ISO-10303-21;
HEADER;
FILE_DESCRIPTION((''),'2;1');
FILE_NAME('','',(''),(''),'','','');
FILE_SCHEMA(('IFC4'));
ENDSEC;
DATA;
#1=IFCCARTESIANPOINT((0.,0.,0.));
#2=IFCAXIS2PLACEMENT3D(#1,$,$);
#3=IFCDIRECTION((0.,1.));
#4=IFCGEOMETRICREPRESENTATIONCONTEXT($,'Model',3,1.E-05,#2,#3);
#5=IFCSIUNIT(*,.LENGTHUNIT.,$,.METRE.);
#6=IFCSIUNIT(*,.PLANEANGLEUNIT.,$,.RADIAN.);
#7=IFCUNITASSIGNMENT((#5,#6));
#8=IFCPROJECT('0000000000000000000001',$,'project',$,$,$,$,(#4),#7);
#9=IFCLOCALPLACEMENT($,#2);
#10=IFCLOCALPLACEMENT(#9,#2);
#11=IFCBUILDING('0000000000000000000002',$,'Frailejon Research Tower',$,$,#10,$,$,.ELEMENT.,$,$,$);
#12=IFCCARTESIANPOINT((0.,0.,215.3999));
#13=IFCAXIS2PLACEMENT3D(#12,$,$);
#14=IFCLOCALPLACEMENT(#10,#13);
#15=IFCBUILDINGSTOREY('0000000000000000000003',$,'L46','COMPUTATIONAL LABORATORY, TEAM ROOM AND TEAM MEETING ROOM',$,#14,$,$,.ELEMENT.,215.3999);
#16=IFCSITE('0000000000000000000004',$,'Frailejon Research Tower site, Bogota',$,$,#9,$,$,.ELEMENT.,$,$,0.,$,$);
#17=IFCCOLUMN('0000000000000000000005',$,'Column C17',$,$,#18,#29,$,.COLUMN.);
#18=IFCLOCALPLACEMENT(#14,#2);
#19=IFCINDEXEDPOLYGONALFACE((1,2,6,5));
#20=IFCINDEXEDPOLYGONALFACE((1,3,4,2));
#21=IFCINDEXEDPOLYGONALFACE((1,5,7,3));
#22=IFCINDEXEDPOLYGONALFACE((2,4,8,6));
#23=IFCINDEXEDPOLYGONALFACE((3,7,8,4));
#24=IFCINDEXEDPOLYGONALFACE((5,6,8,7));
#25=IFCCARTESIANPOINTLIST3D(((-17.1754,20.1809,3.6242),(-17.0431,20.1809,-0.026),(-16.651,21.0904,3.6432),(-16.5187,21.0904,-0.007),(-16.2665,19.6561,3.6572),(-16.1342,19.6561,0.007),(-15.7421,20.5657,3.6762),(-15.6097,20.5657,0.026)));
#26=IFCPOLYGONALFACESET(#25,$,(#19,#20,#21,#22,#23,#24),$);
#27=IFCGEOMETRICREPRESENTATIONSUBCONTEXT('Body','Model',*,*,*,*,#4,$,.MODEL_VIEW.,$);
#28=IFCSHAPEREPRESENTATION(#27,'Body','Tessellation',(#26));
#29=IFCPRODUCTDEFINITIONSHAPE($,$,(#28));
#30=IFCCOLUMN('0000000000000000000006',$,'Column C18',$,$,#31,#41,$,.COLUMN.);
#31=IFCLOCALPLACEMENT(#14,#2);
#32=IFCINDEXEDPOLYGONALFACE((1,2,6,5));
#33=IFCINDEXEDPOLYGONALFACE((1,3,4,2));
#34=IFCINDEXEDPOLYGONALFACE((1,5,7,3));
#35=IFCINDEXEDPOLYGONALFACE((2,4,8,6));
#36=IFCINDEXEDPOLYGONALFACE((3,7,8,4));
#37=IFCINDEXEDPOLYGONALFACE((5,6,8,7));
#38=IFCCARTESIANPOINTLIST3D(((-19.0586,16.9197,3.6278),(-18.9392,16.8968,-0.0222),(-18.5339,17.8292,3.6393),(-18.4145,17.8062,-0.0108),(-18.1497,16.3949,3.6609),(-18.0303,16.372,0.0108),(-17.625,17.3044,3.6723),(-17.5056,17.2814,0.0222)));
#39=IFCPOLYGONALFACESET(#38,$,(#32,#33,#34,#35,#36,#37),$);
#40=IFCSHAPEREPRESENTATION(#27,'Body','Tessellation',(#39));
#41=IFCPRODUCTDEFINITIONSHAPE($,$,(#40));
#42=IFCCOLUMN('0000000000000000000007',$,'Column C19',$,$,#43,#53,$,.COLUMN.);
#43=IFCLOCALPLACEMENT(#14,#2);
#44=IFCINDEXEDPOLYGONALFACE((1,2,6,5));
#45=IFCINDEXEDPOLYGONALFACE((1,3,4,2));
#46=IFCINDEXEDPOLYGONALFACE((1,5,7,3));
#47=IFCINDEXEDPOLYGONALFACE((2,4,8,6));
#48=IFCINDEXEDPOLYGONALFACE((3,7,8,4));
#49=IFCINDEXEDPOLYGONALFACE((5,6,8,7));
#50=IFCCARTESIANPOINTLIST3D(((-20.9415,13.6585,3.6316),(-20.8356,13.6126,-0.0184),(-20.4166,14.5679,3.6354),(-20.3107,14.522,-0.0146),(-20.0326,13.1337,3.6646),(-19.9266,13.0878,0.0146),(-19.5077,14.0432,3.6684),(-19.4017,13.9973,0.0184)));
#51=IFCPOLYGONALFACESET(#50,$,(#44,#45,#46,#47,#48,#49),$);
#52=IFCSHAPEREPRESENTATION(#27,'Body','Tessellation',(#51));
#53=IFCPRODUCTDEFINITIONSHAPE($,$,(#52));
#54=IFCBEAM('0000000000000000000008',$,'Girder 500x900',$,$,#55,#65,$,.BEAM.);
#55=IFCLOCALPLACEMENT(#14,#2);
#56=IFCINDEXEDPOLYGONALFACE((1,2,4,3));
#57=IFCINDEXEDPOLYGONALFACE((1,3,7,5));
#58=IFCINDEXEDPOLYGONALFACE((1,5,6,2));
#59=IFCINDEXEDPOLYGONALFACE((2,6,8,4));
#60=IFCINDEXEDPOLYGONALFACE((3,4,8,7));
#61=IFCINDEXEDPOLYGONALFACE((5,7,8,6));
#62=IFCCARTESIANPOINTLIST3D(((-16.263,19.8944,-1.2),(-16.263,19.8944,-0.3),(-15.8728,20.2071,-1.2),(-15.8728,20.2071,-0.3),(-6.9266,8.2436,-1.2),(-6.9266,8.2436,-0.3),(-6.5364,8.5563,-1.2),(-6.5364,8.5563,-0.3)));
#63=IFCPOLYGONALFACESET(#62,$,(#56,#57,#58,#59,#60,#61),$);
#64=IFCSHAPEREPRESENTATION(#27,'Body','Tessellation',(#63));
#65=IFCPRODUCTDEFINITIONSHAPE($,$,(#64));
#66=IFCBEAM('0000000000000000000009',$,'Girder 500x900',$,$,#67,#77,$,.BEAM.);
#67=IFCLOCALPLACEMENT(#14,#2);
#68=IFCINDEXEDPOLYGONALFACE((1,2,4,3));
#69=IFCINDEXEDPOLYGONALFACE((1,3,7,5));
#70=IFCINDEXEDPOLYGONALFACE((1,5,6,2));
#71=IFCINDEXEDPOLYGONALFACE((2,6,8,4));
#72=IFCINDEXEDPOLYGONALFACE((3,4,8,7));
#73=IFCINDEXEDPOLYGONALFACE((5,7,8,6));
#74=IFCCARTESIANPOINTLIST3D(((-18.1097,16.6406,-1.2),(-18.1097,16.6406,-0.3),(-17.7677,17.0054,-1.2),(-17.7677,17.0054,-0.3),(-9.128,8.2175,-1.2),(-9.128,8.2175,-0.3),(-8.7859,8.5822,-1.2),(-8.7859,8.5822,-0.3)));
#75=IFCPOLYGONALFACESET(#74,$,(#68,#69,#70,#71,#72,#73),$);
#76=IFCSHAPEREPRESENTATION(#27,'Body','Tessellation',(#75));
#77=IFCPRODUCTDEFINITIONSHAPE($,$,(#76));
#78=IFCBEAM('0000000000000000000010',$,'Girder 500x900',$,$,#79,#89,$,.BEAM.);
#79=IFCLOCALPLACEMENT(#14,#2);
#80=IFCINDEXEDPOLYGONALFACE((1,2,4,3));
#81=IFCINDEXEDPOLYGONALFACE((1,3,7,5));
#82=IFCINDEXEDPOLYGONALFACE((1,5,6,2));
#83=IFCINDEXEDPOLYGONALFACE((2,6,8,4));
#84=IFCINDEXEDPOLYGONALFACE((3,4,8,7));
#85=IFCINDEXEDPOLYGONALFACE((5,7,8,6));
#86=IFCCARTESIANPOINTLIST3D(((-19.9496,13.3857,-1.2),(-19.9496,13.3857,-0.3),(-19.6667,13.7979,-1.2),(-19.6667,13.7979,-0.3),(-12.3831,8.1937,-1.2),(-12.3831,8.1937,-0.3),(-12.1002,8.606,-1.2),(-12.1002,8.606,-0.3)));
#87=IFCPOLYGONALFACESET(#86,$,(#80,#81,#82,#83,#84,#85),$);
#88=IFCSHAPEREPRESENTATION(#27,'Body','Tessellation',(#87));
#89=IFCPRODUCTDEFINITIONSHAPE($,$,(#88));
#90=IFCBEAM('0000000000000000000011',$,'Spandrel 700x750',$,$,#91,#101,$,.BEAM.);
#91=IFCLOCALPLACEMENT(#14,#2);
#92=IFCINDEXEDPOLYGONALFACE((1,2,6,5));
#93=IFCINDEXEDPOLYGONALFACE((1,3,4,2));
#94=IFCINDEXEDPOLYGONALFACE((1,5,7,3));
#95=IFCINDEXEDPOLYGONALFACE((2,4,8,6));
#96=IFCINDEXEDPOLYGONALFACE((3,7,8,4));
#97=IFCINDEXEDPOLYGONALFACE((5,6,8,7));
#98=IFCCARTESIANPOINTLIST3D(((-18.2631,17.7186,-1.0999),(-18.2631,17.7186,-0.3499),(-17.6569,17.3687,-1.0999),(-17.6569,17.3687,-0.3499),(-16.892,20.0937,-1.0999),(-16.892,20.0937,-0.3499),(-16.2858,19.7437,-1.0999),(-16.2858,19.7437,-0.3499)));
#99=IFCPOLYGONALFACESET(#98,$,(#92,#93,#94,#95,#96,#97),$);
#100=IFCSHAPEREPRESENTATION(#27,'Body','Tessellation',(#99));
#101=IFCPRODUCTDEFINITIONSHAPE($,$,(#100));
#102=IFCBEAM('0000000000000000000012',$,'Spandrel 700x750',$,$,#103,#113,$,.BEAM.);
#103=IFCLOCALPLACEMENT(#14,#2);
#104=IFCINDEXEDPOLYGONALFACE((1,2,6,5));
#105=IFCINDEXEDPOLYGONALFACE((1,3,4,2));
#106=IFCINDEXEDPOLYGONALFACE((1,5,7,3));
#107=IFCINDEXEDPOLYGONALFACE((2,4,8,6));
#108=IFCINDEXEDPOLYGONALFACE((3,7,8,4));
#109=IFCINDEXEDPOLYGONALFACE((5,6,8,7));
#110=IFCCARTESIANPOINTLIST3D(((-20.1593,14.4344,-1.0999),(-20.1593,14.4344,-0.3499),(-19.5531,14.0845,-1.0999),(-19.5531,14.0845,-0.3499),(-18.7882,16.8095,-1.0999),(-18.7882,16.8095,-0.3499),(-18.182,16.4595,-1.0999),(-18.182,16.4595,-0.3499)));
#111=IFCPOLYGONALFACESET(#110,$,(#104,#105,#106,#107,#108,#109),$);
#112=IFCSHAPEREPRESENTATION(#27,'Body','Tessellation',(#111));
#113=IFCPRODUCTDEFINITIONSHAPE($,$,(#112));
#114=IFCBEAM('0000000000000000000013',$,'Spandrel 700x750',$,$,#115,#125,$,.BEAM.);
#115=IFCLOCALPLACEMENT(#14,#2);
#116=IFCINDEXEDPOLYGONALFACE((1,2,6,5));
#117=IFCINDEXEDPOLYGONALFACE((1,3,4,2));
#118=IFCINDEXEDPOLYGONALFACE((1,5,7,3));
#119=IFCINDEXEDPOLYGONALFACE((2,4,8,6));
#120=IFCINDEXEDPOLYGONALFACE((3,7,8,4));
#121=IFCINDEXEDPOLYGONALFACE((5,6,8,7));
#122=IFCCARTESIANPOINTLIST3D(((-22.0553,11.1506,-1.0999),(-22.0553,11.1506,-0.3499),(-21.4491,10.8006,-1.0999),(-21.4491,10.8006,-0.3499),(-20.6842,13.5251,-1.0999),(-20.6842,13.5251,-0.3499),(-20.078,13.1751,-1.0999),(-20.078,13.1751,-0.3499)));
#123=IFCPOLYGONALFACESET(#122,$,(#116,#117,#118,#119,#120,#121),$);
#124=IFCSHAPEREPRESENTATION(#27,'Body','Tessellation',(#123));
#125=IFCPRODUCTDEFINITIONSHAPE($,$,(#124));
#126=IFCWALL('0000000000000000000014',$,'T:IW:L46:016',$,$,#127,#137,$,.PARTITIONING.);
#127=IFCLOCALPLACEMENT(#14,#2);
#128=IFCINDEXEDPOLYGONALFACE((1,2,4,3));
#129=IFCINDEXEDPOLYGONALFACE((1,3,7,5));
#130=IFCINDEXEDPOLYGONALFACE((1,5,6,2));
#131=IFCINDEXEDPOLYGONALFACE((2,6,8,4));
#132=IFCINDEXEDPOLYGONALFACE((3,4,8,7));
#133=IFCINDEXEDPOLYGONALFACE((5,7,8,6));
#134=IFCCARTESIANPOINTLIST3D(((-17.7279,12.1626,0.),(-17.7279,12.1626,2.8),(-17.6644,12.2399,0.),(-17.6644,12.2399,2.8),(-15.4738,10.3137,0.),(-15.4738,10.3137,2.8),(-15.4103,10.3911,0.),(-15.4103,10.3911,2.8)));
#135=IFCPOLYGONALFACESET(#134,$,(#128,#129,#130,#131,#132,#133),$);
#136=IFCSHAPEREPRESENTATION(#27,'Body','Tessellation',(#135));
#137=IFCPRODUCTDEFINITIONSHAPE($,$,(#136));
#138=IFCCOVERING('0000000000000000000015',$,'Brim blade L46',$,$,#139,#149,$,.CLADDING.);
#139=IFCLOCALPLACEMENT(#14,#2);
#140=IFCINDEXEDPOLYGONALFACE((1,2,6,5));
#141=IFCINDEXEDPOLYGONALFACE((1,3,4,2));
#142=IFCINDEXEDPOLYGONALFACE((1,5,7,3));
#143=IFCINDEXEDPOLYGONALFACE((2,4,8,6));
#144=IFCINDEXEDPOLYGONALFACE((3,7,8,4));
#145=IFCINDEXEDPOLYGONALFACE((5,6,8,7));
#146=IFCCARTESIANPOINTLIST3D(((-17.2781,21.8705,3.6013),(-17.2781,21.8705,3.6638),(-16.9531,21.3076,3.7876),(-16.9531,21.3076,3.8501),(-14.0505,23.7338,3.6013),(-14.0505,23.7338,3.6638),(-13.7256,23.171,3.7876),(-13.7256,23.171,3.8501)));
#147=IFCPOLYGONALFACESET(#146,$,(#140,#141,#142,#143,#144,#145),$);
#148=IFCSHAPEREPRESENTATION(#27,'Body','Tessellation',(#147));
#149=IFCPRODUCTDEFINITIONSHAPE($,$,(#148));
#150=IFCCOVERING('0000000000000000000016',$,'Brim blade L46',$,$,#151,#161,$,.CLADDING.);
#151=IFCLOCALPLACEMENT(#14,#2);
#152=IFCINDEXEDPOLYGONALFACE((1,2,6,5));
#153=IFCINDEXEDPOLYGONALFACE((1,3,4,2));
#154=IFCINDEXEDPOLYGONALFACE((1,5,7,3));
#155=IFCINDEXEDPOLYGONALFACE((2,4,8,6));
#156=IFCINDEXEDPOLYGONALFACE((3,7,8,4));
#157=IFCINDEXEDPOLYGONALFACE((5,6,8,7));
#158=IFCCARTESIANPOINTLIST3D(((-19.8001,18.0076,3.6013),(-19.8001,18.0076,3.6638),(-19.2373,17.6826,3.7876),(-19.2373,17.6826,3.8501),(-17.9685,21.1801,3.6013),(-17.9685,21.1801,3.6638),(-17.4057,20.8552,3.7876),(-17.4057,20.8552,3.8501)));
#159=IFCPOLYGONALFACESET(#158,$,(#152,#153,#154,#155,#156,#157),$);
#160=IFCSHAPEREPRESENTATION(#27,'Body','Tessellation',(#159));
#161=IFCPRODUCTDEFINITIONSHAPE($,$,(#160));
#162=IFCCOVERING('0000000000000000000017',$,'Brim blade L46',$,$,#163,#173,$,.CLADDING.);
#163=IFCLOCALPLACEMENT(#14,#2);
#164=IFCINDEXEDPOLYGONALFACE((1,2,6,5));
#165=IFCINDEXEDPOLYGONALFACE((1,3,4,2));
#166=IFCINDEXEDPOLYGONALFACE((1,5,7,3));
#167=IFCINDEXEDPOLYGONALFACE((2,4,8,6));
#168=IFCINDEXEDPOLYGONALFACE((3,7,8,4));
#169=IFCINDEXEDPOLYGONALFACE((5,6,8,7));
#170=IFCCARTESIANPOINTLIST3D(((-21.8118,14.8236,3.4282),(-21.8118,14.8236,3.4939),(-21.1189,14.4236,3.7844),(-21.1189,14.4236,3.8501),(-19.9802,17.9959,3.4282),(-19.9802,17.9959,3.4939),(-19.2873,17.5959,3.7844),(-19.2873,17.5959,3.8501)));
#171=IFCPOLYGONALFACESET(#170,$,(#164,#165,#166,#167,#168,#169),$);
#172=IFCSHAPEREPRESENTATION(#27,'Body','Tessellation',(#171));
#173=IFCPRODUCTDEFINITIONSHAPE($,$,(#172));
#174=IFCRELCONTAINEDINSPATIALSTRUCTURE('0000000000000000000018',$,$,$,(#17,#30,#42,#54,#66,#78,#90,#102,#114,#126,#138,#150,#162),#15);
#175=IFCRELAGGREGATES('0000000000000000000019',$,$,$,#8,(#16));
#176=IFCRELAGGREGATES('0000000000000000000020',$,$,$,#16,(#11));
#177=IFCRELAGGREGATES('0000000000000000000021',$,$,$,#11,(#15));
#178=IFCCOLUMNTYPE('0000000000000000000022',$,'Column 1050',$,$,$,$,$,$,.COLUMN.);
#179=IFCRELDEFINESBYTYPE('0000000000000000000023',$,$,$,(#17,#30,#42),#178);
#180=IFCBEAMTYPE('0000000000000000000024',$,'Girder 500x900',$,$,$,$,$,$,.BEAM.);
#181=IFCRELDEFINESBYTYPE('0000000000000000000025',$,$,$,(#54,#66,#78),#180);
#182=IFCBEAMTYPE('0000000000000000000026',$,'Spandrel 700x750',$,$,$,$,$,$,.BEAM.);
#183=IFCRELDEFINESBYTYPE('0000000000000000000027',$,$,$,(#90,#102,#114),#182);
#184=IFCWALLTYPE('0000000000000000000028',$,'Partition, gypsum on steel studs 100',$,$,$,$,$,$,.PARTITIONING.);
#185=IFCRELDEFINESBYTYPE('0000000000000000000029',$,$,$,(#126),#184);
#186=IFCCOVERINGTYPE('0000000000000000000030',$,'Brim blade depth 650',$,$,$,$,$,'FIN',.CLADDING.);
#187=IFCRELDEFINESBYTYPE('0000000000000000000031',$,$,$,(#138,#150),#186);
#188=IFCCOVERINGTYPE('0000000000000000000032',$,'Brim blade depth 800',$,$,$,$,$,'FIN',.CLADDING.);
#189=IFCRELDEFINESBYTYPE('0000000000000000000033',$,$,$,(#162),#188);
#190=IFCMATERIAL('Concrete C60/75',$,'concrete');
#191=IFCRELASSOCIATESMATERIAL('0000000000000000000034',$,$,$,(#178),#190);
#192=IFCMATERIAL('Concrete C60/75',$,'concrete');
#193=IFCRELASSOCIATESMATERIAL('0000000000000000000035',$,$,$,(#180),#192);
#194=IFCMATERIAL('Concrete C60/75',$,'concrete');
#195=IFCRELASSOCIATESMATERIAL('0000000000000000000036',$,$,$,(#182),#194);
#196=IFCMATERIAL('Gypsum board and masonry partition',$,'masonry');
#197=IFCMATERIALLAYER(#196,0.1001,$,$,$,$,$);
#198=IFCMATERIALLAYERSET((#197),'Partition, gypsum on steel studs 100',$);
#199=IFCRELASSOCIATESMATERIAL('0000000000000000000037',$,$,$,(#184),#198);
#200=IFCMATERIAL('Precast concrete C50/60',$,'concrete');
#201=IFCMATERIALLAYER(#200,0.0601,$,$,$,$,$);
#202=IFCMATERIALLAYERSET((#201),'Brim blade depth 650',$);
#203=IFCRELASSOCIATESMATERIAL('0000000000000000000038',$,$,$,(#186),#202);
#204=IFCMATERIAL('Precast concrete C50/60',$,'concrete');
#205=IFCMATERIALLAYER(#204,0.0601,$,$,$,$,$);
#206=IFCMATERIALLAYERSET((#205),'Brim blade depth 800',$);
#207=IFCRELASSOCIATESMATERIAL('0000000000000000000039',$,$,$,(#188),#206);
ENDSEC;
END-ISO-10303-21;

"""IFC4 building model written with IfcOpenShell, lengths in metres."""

from ifc_helpers import new_model, si_unit, direction, frame, frame_2d, origin, origin_2d, place, context, subcontext, project, spatial, polyline, rectangle, outline, extrude, material, layer, layer_set, material_profile, profile_set, type_object, element, save


model = new_model("IFC4")

# Units and contexts
model_context = context("Model", 3, precision=1e-05, world=origin(), true_north=direction((0.0, 1.0)))
body_context = subcontext(model_context, "Body", "Model", "MODEL_VIEW")
ifc_project = project(units=[si_unit("LENGTHUNIT", "METRE"), si_unit("PLANEANGLEUNIT", "RADIAN")], contexts=[model_context])

# Site, building, storey
site_placement = place(None, origin())
site = spatial("IfcSite", under=ifc_project, at=site_placement, Name="Frailejon Research Tower site, Bogota", CompositionType="ELEMENT", RefElevation=0.0)
building_placement = place(site_placement, origin())
building = spatial("IfcBuilding", under=site, at=building_placement, Name="Frailejon Research Tower", CompositionType="ELEMENT")
storey_placement = place(building_placement, frame((0.0, 0.0, 215.3999)))
storey = spatial("IfcBuildingStorey", under=building, at=storey_placement, Name="L46", Description="COMPUTATIONAL LABORATORY, TEAM ROOM AND TEAM MEETING ROOM", CompositionType="ELEMENT", Elevation=215.3999)

# Columns
ifc_material_1 = material(Name="Concrete C60/75", Category="concrete")
ifc_material_profile_1 = material_profile(ifc_material_1, rectangle(XDim=1.05, YDim=1.05, at=origin_2d()), Name="Column 1050")
ifc_profile_set_1 = profile_set([ifc_material_profile_1], Name="Concrete C60/75")
column_type = type_object("IfcColumnType", Name="Column 1050", PredefinedType="COLUMN", material=ifc_profile_set_1)
column_1_placement = place(storey_placement, frame((-16.3264, 20.3733, 0.0), z_axis=(-0.036228, 0.0, 0.999344), x_axis=(-0.499426, -0.866168, -0.018105)))
element("IfcColumn", 1, at=column_1_placement, inside=storey, type_object=column_type, Name="Column C17", PredefinedType="COLUMN", context=body_context, shape_type="SweptSolid", body=[
    extrude(rectangle(XDim=1.05, YDim=1.05, at=origin_2d()), origin(), (0.0, 0.0, 1.0), 3.6526),
])
column_2_placement = place(storey_placement, frame((-18.2224, 17.0891, 0.0), z_axis=(-0.032689, 0.006284, 0.999446), x_axis=(-0.499707, -0.866126, -0.010898)))
element("IfcColumn", 2, at=column_2_placement, inside=storey, type_object=column_type, Name="Column C18", PredefinedType="COLUMN", context=body_context, shape_type="SweptSolid", body=[
    extrude(rectangle(XDim=1.05, YDim=1.05, at=origin_2d()), origin(), (0.0, 0.0, 1.0), 3.6521),
])
column_3_placement = place(storey_placement, frame((-20.1187, 13.8049, 0.0), z_axis=(-0.029014, 0.012568, 0.9995), x_axis=(-0.499849, -0.866105, -0.003619)))
element("IfcColumn", 3, at=column_3_placement, inside=storey, type_object=column_type, Name="Column C19", PredefinedType="COLUMN", context=body_context, shape_type="SweptSolid", body=[
    extrude(rectangle(XDim=1.05, YDim=1.05, at=origin_2d()), origin(), (0.0, 0.0, 1.0), 3.6519),
])

# Beams
ifc_material_2 = material(Name="Concrete C60/75", Category="concrete")
ifc_material_profile_2 = material_profile(ifc_material_2, rectangle(XDim=0.5, YDim=0.8999, at=origin_2d()), Name="Girder 500x900")
ifc_profile_set_2 = profile_set([ifc_material_profile_2], Name="Concrete C60/75")
beam_type_1 = type_object("IfcBeamType", Name="Girder 500x900", PredefinedType="BEAM", material=ifc_profile_set_2)
beam_1_placement = place(storey_placement, frame((-16.0679, 20.0508, -0.75), z_axis=(0.625337, -0.780355, 0.0), x_axis=(0.780355, 0.625337, 0.0)))
element("IfcBeam", 4, at=beam_1_placement, inside=storey, type_object=beam_type_1, Name="Girder 500x900", PredefinedType="BEAM", context=body_context, shape_type="SweptSolid", body=[
    extrude(rectangle(XDim=0.5, YDim=0.8999, at=origin_2d()), origin(), (0.0, 0.0, 1.0), 14.9302),
])
beam_2_placement = place(storey_placement, frame((-17.9387, 16.823, -0.75), z_axis=(0.729425, -0.68406, 0.0), x_axis=(0.68406, 0.729425, 0.0)))
element("IfcBeam", 5, at=beam_2_placement, inside=storey, type_object=beam_type_1, Name="Girder 500x900", PredefinedType="BEAM", context=body_context, shape_type="SweptSolid", body=[
    extrude(rectangle(XDim=0.5, YDim=0.8999, at=origin_2d()), origin(), (0.0, 0.0, 1.0), 12.3135),
])
beam_3_placement = place(storey_placement, frame((-19.8081, 13.5918, -0.75), z_axis=(0.824551, -0.565788, 0.0), x_axis=(0.565788, 0.824551, 0.0)))
element("IfcBeam", 6, at=beam_3_placement, inside=storey, type_object=beam_type_1, Name="Girder 500x900", PredefinedType="BEAM", context=body_context, shape_type="SweptSolid", body=[
    extrude(rectangle(XDim=0.5, YDim=0.8999, at=origin_2d()), origin(), (0.0, 0.0, 1.0), 9.1765),
])
ifc_material_3 = material(Name="Concrete C60/75", Category="concrete")
ifc_material_profile_3 = material_profile(ifc_material_3, rectangle(XDim=0.7, YDim=0.75, at=origin_2d()), Name="Spandrel 700x750")
ifc_profile_set_3 = profile_set([ifc_material_profile_3], Name="Concrete C60/75")
beam_type_2 = type_object("IfcBeamType", Name="Spandrel 700x750", PredefinedType="BEAM", material=ifc_profile_set_3)
for number, where, z_axis, x_axis, name in (
    (7, (-16.5889, 19.9187, -0.7249), (-0.499969, -0.866043, 0.0), (0.866043, -0.499969, 0.0), "Spandrel 700x750"),
    (8, (-18.4851, 16.6345, -0.7249), (-0.499969, -0.866043, 0.0), (0.866043, -0.499969, 0.0), "Spandrel 700x750"),
):
    element("IfcBeam", number, at=place(storey_placement, frame(where, z_axis=z_axis, x_axis=x_axis)), inside=storey, type_object=beam_type_2, Name=name, PredefinedType="BEAM", context=body_context, shape_type="SweptSolid", body=[
        extrude(rectangle(XDim=0.7, YDim=0.75, at=origin_2d()), origin(), (0.0, 0.0, 1.0), 2.7424),
    ])
beam_4_placement = place(storey_placement, frame((-20.3811, 13.3501, -0.7249), z_axis=(-0.500046, -0.865999, 0.0), x_axis=(0.865999, -0.500046, 0.0)))
element("IfcBeam", 9, at=beam_4_placement, inside=storey, type_object=beam_type_2, Name="Spandrel 700x750", PredefinedType="BEAM", context=body_context, shape_type="SweptSolid", body=[
    extrude(rectangle(XDim=0.7, YDim=0.75, at=origin_2d()), origin(), (0.0, 0.0, 1.0), 2.7419),
])

# Wall
ifc_material_4 = material(Name="Gypsum board and masonry partition", Category="masonry")
ifc_layer_1 = layer(ifc_material_4, 0.1001)
ifc_layer_set_1 = layer_set([ifc_layer_1], Name="Partition, gypsum on steel studs 100")
wall_type_1 = type_object("IfcWallType", Name="Partition, gypsum on steel studs 100", PredefinedType="PARTITIONING", material=ifc_layer_set_1)
wall_1_placement = place(storey_placement, frame((-17.696, 12.2012, 0.0), z_axis=(0.0, 0.0, 1.0), x_axis=(0.773188, -0.634177, 0.0)))
element("IfcWall", 10, at=wall_1_placement, inside=storey, type_object=wall_type_1, Name="T:IW:L46:016", PredefinedType="PARTITIONING", context=body_context, shape_type="SweptSolid", body=[
    extrude(rectangle(XDim=2.9153, YDim=0.1001, at=frame_2d((1.4575, 0.0))), origin(), (0.0, 0.0, 1.0), 2.8),
])

# Coverings
ifc_material_5 = material(Name="Precast concrete C50/60", Category="concrete")
ifc_layer_2 = layer(ifc_material_5, 0.0601)
ifc_layer_set_2 = layer_set([ifc_layer_2], Name="Brim blade depth 650")
covering_type_1 = type_object("IfcCoveringType", Name="Brim blade depth 650", ElementType="FIN", PredefinedType="CLADDING", material=ifc_layer_set_2)
covering_1_placement = place(storey_placement, frame((-16.9531, 21.3076, 3.8501), z_axis=(0.86603, 0.499992, 0.0), x_axis=(-0.499992, 0.86603, 0.0)))
element("IfcCovering", 11, at=covering_1_placement, inside=storey, type_object=covering_type_1, Name="Brim blade L46", PredefinedType="CLADDING", context=body_context, shape_type="SweptSolid", body=[
    extrude(outline(polyline([(0.0, -0.0625), (0.6499, -0.2488), (0.6499, -0.1863), (0.0, 0.0), (0.0, -0.0625)])), origin(), (0.0, 0.0, 1.0), 3.7268),
])
covering_2_placement = place(storey_placement, frame((-19.2373, 17.6826, 3.8501), z_axis=(0.499992, 0.86603, 0.0), x_axis=(-0.86603, 0.499992, 0.0)))
element("IfcCovering", 12, at=covering_2_placement, inside=storey, type_object=covering_type_1, Name="Brim blade L46", PredefinedType="CLADDING", context=body_context, shape_type="SweptSolid", body=[
    extrude(outline(polyline([(0.0, -0.0625), (0.6499, -0.2488), (0.6499, -0.1863), (0.0, 0.0), (0.0, -0.0625)])), origin(), (0.0, 0.0, 1.0), 3.6633),
])
ifc_material_6 = material(Name="Precast concrete C50/60", Category="concrete")
ifc_layer_3 = layer(ifc_material_6, 0.0601)
ifc_layer_set_3 = layer_set([ifc_layer_3], Name="Brim blade depth 800")
covering_type_2 = type_object("IfcCoveringType", Name="Brim blade depth 800", ElementType="FIN", PredefinedType="CLADDING", material=ifc_layer_set_3)
covering_3_placement = place(storey_placement, frame((-21.1189, 14.4236, 3.8501), z_axis=(0.500003, 0.866024, 0.0), x_axis=(-0.866024, 0.500003, 0.0)))
element("IfcCovering", 13, at=covering_3_placement, inside=storey, type_object=covering_type_2, Name="Brim blade L46", PredefinedType="CLADDING", context=body_context, shape_type="SweptSolid", body=[
    extrude(outline(polyline([(0.0, -0.0657), (0.8, -0.4219), (0.8, -0.3562), (0.0, 0.0), (0.0, -0.0657)])), origin(), (0.0, 0.0, 1.0), 3.6631),
])

save(model, "model.ifc")
